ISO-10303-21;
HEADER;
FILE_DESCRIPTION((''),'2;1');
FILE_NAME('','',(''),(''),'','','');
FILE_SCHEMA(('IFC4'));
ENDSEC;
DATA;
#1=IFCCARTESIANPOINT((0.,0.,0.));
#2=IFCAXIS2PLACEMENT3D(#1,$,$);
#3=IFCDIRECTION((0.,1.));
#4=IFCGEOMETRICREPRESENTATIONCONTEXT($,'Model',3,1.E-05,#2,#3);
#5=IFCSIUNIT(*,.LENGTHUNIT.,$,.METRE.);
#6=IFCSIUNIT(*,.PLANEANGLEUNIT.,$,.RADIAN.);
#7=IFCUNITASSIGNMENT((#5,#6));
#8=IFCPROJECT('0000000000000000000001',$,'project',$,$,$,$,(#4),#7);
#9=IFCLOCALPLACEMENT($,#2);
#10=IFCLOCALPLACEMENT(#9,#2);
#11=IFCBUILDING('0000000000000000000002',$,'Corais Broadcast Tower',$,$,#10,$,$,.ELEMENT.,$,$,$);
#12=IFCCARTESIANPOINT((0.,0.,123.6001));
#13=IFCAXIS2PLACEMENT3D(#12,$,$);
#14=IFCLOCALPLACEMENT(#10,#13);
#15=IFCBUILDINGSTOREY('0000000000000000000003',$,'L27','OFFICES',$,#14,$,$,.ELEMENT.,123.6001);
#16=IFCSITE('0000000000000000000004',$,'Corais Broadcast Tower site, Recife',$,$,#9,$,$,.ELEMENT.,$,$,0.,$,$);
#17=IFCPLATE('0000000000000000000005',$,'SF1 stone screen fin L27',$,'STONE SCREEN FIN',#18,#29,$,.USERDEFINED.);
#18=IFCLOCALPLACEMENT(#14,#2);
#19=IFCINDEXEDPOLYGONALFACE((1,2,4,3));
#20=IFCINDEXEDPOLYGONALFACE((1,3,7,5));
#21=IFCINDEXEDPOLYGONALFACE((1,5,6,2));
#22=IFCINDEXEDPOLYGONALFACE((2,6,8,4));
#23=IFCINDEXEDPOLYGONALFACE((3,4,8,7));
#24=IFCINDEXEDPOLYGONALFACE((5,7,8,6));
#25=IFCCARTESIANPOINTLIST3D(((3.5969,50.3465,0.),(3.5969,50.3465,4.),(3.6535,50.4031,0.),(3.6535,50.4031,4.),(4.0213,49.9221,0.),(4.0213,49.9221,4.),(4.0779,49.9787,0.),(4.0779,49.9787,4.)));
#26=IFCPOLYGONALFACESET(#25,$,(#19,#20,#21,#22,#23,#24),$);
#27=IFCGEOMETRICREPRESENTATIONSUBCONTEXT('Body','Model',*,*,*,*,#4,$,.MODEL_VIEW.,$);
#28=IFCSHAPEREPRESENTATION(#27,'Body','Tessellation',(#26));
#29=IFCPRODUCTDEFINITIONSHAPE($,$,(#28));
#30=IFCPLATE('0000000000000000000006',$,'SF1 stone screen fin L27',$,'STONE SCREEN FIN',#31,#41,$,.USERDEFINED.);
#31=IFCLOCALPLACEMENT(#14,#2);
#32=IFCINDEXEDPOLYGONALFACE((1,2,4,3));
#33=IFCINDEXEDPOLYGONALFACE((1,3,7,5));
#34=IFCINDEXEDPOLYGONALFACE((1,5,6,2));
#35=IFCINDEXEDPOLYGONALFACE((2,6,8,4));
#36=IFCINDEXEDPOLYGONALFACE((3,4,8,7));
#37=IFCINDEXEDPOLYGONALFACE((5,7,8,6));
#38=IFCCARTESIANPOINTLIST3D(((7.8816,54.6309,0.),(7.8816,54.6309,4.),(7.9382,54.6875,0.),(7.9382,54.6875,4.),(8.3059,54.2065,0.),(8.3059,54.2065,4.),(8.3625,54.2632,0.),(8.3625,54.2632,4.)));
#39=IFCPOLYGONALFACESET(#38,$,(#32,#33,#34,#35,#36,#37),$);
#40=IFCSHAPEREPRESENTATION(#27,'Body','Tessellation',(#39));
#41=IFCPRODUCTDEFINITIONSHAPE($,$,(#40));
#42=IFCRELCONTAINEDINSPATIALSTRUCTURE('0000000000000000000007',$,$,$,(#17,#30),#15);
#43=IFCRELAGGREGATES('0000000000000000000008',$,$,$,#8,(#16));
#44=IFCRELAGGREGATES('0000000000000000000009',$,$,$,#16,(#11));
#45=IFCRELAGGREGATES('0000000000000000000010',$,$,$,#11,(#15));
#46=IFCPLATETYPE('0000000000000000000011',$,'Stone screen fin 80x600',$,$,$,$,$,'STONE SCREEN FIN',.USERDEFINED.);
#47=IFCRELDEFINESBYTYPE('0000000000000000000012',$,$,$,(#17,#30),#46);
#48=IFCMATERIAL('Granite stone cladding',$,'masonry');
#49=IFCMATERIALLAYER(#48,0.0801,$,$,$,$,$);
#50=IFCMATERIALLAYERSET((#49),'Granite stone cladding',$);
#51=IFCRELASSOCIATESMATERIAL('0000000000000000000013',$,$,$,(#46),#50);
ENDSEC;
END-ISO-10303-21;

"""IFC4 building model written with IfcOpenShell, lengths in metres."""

from ifc_helpers import new_model, si_unit, direction, frame, origin, origin_2d, place, context, subcontext, project, spatial, rectangle, extrude, material, layer, layer_set, type_object, element, save


model = new_model("IFC4")

# Units and contexts
model_context = context("Model", 3, precision=1e-05, world=origin(), true_north=direction((0.0, 1.0)))
body_context = subcontext(model_context, "Body", "Model", "MODEL_VIEW")
ifc_project = project(units=[si_unit("LENGTHUNIT", "METRE"), si_unit("PLANEANGLEUNIT", "RADIAN")], contexts=[model_context])

# Site, building, storey
site_placement = place(None, origin())
site = spatial("IfcSite", under=ifc_project, at=site_placement, Name="Corais Broadcast Tower site, Recife", CompositionType="ELEMENT", RefElevation=0.0)
building_placement = place(site_placement, origin())
building = spatial("IfcBuilding", under=site, at=building_placement, Name="Corais Broadcast Tower", CompositionType="ELEMENT")
storey_placement = place(building_placement, frame((0.0, 0.0, 123.6001)))
storey = spatial("IfcBuildingStorey", under=building, at=storey_placement, Name="L27", Description="OFFICES", CompositionType="ELEMENT", Elevation=123.6001)

# Plates
ifc_material_1 = material(Name="Granite stone cladding", Category="masonry")
ifc_layer_1 = layer(ifc_material_1, 0.0801)
ifc_layer_set_1 = layer_set([ifc_layer_1], Name="Granite stone cladding")
plate_type_1 = type_object("IfcPlateType", Name="Stone screen fin 80x600", ElementType="STONE SCREEN FIN", PredefinedType="USERDEFINED", material=ifc_layer_set_1)
for number, where, z_axis, x_axis, name in (
    (1, (3.8374, 50.1626, 0.0), (0.0, 0.0, 1.0), (0.707107, 0.707107, 0.0), "SF1 stone screen fin L27"),
    (2, (8.1221, 54.447, 0.0), (0.0, 0.0, 1.0), (0.707107, 0.707107, 0.0), "SF1 stone screen fin L27"),
):
    element("IfcPlate", number, at=place(storey_placement, frame(where, z_axis=z_axis, x_axis=x_axis)), inside=storey, type_object=plate_type_1, Name=name, ObjectType="STONE SCREEN FIN", PredefinedType="USERDEFINED", context=body_context, shape_type="SweptSolid", body=[
        extrude(rectangle(XDim=0.0801, YDim=0.6001, at=origin_2d()), origin(), (0.0, 0.0, 1.0), 4.0),
    ])

save(model, "model.ifc")
